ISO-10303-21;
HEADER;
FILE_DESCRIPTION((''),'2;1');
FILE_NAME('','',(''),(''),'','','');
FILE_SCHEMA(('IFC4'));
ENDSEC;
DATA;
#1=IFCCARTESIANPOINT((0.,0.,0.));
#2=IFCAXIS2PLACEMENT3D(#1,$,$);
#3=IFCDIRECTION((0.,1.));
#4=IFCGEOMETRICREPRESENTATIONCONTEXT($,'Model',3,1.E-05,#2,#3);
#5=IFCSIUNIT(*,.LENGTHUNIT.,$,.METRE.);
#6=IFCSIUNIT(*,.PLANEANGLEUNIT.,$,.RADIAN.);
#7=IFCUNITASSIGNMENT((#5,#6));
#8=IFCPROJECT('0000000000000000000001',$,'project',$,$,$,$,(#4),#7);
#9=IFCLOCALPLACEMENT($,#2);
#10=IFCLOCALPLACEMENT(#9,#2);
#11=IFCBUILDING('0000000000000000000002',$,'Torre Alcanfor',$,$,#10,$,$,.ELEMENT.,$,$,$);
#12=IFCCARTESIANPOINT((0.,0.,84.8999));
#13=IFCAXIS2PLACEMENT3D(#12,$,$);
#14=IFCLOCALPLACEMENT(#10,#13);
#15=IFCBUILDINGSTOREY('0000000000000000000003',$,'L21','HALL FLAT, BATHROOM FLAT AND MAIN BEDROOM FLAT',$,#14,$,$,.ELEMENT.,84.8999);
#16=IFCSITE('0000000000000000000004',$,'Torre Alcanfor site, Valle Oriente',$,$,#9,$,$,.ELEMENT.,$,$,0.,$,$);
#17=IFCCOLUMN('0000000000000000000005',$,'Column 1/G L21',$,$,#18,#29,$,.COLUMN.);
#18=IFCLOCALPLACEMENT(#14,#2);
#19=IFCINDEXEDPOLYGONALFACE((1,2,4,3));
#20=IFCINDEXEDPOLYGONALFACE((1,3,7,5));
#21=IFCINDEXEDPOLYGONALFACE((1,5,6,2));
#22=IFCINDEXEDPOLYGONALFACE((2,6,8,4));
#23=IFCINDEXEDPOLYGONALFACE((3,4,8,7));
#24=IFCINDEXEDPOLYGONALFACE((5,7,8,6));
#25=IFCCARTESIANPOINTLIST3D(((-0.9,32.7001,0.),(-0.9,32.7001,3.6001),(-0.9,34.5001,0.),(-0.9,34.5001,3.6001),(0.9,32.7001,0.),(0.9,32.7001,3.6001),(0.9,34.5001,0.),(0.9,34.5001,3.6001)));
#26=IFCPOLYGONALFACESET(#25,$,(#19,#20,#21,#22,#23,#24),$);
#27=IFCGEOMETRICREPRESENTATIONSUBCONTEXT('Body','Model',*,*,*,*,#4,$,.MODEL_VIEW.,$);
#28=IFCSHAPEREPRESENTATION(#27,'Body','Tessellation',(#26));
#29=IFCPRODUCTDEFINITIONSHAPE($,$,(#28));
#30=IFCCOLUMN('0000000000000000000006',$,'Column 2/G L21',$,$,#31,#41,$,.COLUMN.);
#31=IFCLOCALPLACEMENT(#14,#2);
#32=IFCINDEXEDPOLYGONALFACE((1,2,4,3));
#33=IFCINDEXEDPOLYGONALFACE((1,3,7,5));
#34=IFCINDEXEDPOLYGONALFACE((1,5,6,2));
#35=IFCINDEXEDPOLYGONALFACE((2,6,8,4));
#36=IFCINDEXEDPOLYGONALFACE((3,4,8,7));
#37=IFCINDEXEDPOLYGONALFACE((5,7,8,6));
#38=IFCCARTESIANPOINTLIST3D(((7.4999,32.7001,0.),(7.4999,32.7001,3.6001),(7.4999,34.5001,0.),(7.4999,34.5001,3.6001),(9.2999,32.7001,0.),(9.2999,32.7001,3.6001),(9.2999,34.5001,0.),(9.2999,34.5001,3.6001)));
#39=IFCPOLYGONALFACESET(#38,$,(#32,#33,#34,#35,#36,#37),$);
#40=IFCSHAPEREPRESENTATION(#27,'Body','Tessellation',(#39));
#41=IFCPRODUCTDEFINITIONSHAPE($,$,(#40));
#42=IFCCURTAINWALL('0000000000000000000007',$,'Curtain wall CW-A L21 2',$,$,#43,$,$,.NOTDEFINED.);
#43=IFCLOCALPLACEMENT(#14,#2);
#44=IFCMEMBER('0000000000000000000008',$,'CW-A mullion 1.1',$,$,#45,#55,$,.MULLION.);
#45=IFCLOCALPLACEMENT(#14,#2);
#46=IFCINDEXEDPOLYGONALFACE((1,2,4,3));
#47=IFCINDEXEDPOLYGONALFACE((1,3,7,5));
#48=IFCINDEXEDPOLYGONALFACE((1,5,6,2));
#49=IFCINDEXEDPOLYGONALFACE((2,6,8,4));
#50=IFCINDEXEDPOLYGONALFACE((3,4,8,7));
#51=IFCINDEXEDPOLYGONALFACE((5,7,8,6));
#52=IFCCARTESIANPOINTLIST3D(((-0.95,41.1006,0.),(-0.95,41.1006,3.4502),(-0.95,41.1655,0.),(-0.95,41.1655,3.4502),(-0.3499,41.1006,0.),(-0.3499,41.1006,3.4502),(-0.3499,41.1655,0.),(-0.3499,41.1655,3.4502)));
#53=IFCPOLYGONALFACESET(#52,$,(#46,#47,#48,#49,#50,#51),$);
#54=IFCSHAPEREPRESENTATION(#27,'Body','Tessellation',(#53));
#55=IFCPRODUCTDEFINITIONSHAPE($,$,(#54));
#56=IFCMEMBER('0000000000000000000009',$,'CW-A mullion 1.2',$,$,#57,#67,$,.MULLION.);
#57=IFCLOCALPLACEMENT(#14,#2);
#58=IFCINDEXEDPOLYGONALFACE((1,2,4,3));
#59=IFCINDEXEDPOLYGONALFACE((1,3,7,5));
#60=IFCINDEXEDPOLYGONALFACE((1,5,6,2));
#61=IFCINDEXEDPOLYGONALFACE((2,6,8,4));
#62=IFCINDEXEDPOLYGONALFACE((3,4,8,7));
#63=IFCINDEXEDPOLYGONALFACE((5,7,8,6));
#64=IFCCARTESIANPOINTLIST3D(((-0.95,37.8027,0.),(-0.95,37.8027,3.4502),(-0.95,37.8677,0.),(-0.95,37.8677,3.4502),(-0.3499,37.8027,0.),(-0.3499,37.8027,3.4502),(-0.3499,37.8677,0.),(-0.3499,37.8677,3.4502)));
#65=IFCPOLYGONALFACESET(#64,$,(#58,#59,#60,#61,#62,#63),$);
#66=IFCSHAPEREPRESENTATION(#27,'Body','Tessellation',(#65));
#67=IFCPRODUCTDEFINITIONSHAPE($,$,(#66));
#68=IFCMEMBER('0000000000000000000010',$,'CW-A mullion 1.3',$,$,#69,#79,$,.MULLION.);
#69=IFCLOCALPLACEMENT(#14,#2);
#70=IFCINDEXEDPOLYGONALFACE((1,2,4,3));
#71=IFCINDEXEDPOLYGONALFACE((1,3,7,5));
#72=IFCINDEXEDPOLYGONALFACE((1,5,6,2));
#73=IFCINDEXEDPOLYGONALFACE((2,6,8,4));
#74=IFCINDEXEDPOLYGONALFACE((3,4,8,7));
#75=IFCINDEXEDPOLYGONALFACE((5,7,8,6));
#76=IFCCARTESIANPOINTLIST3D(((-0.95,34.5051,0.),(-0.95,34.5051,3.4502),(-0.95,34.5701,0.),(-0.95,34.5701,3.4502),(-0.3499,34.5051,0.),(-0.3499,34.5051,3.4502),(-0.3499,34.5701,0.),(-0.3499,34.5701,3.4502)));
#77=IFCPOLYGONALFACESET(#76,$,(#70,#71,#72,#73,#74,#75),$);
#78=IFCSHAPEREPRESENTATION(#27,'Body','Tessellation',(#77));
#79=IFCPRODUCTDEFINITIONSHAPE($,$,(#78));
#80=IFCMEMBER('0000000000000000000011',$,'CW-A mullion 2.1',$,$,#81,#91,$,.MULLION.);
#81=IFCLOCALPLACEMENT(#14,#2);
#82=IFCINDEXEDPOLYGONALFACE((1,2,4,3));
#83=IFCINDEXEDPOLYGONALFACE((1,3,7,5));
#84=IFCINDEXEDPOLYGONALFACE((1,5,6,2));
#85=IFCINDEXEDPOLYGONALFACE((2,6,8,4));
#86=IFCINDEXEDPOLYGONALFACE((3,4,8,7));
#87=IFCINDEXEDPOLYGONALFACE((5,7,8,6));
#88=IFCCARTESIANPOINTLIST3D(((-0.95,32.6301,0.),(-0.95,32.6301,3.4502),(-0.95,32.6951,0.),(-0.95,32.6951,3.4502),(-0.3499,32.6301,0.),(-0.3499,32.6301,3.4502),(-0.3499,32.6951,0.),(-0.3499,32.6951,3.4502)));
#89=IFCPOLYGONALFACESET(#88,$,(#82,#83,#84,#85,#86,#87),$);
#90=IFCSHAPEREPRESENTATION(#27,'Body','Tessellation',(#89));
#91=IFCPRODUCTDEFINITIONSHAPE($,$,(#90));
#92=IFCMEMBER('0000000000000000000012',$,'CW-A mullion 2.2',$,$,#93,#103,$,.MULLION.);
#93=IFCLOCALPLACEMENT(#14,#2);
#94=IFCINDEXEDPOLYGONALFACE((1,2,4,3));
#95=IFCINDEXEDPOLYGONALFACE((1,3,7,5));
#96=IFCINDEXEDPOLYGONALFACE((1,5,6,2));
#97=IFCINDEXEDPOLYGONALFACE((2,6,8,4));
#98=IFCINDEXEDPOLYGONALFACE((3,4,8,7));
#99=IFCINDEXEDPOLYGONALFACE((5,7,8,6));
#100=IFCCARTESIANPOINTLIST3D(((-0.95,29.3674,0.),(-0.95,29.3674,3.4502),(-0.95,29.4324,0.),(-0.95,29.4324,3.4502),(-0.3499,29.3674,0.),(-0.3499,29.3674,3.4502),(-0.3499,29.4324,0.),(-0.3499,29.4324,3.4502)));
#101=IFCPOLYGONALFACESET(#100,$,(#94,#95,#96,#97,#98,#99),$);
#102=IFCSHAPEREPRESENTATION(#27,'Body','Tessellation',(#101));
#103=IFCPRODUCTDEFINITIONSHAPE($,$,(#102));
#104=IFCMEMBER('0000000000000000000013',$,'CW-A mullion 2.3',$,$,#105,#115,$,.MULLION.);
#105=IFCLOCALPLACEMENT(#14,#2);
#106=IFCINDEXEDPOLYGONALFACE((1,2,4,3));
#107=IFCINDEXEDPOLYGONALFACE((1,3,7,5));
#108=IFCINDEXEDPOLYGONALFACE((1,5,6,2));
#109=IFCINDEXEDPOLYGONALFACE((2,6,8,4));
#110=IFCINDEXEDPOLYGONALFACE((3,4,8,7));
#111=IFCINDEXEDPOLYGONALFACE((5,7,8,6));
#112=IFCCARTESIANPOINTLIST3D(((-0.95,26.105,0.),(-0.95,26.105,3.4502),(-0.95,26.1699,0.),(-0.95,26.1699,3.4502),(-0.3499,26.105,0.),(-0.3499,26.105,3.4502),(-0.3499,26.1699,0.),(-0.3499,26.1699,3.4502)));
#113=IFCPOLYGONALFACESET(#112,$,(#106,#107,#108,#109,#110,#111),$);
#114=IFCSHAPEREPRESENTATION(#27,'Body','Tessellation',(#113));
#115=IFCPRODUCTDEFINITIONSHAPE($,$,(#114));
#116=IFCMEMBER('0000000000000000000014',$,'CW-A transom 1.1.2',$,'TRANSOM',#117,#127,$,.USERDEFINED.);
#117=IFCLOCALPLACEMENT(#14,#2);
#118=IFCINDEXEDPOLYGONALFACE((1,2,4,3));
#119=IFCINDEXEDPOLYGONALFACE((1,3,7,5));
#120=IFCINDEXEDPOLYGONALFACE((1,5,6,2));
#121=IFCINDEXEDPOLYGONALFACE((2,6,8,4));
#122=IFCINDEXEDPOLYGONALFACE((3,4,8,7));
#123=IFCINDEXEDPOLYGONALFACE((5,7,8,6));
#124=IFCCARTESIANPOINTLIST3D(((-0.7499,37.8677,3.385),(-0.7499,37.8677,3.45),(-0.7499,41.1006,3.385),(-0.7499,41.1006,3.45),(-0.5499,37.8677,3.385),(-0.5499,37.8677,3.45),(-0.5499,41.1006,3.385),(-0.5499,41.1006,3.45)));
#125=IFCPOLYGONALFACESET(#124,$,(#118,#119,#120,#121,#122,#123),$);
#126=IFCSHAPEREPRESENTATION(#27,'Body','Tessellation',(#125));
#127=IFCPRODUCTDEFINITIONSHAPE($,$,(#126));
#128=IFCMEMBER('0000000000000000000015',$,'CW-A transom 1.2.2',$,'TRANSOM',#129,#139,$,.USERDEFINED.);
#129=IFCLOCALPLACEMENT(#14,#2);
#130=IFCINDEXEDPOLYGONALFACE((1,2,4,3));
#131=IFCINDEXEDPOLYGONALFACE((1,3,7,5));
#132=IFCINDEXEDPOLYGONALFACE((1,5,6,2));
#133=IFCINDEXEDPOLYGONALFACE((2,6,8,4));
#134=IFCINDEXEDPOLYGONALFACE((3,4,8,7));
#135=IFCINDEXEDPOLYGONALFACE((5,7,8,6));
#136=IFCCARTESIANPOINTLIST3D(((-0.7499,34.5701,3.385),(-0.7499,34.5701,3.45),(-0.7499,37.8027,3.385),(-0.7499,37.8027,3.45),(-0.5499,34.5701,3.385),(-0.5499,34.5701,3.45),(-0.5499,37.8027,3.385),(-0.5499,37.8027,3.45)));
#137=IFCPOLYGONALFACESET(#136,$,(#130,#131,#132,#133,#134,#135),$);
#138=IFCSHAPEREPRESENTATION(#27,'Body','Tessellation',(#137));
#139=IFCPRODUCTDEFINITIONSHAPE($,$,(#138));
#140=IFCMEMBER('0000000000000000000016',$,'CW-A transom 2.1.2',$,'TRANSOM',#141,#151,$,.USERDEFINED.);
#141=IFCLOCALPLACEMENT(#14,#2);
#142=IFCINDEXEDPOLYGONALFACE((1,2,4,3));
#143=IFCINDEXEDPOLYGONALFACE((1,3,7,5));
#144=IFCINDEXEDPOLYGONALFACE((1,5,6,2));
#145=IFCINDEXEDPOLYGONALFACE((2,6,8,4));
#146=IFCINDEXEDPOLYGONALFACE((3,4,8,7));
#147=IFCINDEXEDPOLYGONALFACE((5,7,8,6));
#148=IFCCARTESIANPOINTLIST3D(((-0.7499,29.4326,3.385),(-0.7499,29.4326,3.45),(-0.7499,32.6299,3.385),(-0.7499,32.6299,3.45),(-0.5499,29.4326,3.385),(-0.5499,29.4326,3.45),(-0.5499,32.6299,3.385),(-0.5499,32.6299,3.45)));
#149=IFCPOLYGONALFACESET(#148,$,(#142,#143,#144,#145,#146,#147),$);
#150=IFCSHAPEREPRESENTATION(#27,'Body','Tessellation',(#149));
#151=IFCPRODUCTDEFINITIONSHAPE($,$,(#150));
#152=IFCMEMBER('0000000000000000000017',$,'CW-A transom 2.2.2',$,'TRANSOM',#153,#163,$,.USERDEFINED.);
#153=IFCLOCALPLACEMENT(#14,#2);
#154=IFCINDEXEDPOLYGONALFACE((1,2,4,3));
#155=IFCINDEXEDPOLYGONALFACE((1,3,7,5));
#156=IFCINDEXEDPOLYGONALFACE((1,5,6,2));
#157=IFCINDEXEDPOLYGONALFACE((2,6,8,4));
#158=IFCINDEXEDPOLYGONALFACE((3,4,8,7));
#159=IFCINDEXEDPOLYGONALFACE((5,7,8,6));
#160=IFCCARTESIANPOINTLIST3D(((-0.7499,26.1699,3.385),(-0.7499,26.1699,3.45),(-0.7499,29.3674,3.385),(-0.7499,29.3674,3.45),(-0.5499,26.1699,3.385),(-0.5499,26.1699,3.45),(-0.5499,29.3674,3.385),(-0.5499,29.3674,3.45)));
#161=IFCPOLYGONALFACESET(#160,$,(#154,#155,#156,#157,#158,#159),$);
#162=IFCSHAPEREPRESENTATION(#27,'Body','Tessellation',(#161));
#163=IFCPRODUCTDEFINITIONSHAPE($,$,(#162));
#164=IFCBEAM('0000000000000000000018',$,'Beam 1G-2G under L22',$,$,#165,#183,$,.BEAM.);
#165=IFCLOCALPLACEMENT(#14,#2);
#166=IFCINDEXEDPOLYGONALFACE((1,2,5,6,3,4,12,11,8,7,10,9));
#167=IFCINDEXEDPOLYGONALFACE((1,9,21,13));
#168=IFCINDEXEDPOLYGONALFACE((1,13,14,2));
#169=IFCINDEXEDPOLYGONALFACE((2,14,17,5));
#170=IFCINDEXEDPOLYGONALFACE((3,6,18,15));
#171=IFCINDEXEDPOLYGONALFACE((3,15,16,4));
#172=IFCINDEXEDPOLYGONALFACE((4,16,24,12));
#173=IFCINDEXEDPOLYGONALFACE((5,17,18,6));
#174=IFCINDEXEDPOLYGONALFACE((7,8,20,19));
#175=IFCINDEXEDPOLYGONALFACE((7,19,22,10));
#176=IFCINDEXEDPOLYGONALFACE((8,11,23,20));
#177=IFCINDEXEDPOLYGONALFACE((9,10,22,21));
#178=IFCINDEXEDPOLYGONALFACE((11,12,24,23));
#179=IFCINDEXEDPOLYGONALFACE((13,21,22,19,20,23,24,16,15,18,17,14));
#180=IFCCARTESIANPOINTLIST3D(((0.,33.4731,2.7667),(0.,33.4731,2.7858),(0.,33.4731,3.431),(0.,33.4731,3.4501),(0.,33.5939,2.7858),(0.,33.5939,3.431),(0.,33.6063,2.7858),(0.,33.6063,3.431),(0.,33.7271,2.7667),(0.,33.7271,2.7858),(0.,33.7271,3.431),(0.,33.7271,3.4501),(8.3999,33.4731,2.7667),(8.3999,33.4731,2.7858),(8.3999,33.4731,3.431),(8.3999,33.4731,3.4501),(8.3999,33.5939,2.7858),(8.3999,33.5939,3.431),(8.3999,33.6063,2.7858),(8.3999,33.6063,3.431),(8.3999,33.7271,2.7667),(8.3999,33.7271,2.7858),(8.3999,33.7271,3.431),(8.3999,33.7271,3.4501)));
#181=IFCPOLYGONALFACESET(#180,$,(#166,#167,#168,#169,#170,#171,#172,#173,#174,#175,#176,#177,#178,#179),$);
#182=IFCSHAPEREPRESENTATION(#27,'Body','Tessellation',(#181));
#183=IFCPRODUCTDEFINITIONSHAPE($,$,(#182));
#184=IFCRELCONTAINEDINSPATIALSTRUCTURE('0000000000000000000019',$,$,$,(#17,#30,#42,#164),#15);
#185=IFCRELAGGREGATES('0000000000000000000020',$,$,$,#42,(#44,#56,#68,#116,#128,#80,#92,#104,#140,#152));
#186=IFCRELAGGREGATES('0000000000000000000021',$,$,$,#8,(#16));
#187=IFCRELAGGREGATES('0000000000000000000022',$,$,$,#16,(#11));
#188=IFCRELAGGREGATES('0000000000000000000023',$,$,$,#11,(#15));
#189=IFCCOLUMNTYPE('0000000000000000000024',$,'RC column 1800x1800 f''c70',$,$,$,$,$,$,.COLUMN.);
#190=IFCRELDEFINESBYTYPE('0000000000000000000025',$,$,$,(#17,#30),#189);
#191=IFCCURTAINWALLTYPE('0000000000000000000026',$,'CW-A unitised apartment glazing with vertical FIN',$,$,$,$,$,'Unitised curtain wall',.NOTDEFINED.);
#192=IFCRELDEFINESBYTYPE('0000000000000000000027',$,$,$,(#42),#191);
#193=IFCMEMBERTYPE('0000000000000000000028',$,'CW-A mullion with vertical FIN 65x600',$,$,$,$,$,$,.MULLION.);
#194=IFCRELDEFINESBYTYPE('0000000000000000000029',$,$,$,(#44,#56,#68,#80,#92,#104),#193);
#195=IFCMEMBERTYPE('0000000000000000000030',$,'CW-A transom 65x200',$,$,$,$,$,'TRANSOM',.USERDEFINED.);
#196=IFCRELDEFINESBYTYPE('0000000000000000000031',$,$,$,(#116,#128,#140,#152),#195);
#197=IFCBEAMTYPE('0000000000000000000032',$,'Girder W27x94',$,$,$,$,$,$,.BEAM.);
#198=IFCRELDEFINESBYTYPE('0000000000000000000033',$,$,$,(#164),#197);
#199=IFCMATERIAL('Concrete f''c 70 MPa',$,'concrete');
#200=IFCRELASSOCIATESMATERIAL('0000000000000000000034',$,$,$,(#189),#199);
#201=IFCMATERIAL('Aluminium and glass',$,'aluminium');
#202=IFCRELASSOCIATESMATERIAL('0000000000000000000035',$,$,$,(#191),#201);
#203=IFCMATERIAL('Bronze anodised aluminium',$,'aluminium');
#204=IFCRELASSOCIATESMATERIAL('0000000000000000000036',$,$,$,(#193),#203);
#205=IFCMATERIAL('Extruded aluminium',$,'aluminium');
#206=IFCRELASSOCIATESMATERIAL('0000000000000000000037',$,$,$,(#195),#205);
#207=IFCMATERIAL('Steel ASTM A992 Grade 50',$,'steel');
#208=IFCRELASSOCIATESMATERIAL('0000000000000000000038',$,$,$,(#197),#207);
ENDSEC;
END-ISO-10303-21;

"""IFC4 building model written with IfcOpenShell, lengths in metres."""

from ifc_helpers import new_model, si_unit, direction, frame, origin, origin_2d, place, context, subcontext, project, spatial, rectangle, i_section, extrude, material, material_profile, profile_set, type_object, element, aggregate, save


model = new_model("IFC4")

# Units and contexts
model_context = context("Model", 3, precision=1e-05, world=origin(), true_north=direction((0.0, 1.0)))
body_context = subcontext(model_context, "Body", "Model", "MODEL_VIEW")
ifc_project = project(units=[si_unit("LENGTHUNIT", "METRE"), si_unit("PLANEANGLEUNIT", "RADIAN")], contexts=[model_context])

# Site, building, storey
site_placement = place(None, origin())
site = spatial("IfcSite", under=ifc_project, at=site_placement, Name="Torre Alcanfor site, Valle Oriente", CompositionType="ELEMENT", RefElevation=0.0)
building_placement = place(site_placement, origin())
building = spatial("IfcBuilding", under=site, at=building_placement, Name="Torre Alcanfor", CompositionType="ELEMENT")
storey_placement = place(building_placement, frame((0.0, 0.0, 84.8999)))
storey = spatial("IfcBuildingStorey", under=building, at=storey_placement, Name="L21", Description="HALL FLAT, BATHROOM FLAT AND MAIN BEDROOM FLAT", CompositionType="ELEMENT", Elevation=84.8999)

# Columns
ifc_material_1 = material(Name="Concrete f'c 70 MPa", Category="concrete")
ifc_material_profile_1 = material_profile(ifc_material_1, rectangle(XDim=1.8, YDim=1.8, at=origin_2d()), Name="1800x1800")
ifc_profile_set_1 = profile_set([ifc_material_profile_1], Name="Concrete f'c 70 MPa")
column_type = type_object("IfcColumnType", Name="RC column 1800x1800 f'c70", PredefinedType="COLUMN", material=ifc_profile_set_1)
for number, where, z_axis, x_axis, name in (
    (1, (0.0, 33.6001, 0.0), (0.0, 0.0, 1.0), (1.0, 0.0, 0.0), "Column 1/G L21"),
    (2, (8.3999, 33.6001, 0.0), (0.0, 0.0, 1.0), (1.0, 0.0, 0.0), "Column 2/G L21"),
):
    element("IfcColumn", number, at=place(storey_placement, frame(where, z_axis=z_axis, x_axis=x_axis)), inside=storey, type_object=column_type, Name=name, PredefinedType="COLUMN", context=body_context, shape_type="SweptSolid", body=[
        extrude(rectangle(XDim=1.8, YDim=1.8, at=origin_2d()), origin(), (0.0, 0.0, 1.0), 3.6001),
    ])

# Curtain wall, members
ifc_material_2 = material(Name="Aluminium and glass", Category="aluminium")
curtain_wall_type = type_object("IfcCurtainWallType", Name="CW-A unitised apartment glazing with vertical FIN", ElementType="Unitised curtain wall", PredefinedType="NOTDEFINED", material=ifc_material_2)
curtain_wall_placement = place(storey_placement, origin())
curtain_wall = element("IfcCurtainWall", 3, at=curtain_wall_placement, inside=storey, type_object=curtain_wall_type, Name="Curtain wall CW-A L21 2", PredefinedType="NOTDEFINED")
ifc_material_3 = material(Name="Bronze anodised aluminium", Category="aluminium")
ifc_material_profile_2 = material_profile(ifc_material_3, rectangle(XDim=0.6001, YDim=0.0649, at=origin_2d()), Name="CW-A mullion 65x600")
ifc_profile_set_2 = profile_set([ifc_material_profile_2], Name="Bronze anodised aluminium")
member_type_1 = type_object("IfcMemberType", Name="CW-A mullion with vertical FIN 65x600", PredefinedType="MULLION", material=ifc_profile_set_2)
member_1_placement = place(storey_placement, frame((-0.6499, 41.1331, 0.0), z_axis=(0.0, 0.0, 1.0), x_axis=(1.0, 0.0, 0.0)))
member_1 = element("IfcMember", 4, at=member_1_placement, type_object=member_type_1, Name="CW-A mullion 1.1", PredefinedType="MULLION", context=body_context, shape_type="SweptSolid", body=[
    extrude(rectangle(XDim=0.6001, YDim=0.0649, at=origin_2d()), origin(), (0.0, 0.0, 1.0), 3.4502),
])
member_2_placement = place(storey_placement, frame((-0.6499, 37.8352, 0.0), z_axis=(0.0, 0.0, 1.0), x_axis=(1.0, 0.0, 0.0)))
member_2 = element("IfcMember", 5, at=member_2_placement, type_object=member_type_1, Name="CW-A mullion 1.2", PredefinedType="MULLION", context=body_context, shape_type="SweptSolid", body=[
    extrude(rectangle(XDim=0.6001, YDim=0.0649, at=origin_2d()), origin(), (0.0, 0.0, 1.0), 3.4502),
])
member_3_placement = place(storey_placement, frame((-0.6499, 34.5376, 0.0), z_axis=(0.0, 0.0, 1.0), x_axis=(1.0, 0.0, 0.0)))
member_3 = element("IfcMember", 6, at=member_3_placement, type_object=member_type_1, Name="CW-A mullion 1.3", PredefinedType="MULLION", context=body_context, shape_type="SweptSolid", body=[
    extrude(rectangle(XDim=0.6001, YDim=0.0649, at=origin_2d()), origin(), (0.0, 0.0, 1.0), 3.4502),
])
member_4_placement = place(storey_placement, frame((-0.6499, 32.6626, 0.0), z_axis=(0.0, 0.0, 1.0), x_axis=(1.0, 0.0, 0.0)))
member_4 = element("IfcMember", 7, at=member_4_placement, type_object=member_type_1, Name="CW-A mullion 2.1", PredefinedType="MULLION", context=body_context, shape_type="SweptSolid", body=[
    extrude(rectangle(XDim=0.6001, YDim=0.0649, at=origin_2d()), origin(), (0.0, 0.0, 1.0), 3.4502),
])
member_5_placement = place(storey_placement, frame((-0.6499, 29.3999, 0.0), z_axis=(0.0, 0.0, 1.0), x_axis=(1.0, 0.0, 0.0)))
member_5 = element("IfcMember", 8, at=member_5_placement, type_object=member_type_1, Name="CW-A mullion 2.2", PredefinedType="MULLION", context=body_context, shape_type="SweptSolid", body=[
    extrude(rectangle(XDim=0.6001, YDim=0.0649, at=origin_2d()), origin(), (0.0, 0.0, 1.0), 3.4502),
])
member_6_placement = place(storey_placement, frame((-0.6499, 26.1375, 0.0), z_axis=(0.0, 0.0, 1.0), x_axis=(1.0, 0.0, 0.0)))
member_6 = element("IfcMember", 9, at=member_6_placement, type_object=member_type_1, Name="CW-A mullion 2.3", PredefinedType="MULLION", context=body_context, shape_type="SweptSolid", body=[
    extrude(rectangle(XDim=0.6001, YDim=0.0649, at=origin_2d()), origin(), (0.0, 0.0, 1.0), 3.4502),
])
ifc_material_4 = material(Name="Extruded aluminium", Category="aluminium")
ifc_material_profile_3 = material_profile(ifc_material_4, rectangle(XDim=0.2, YDim=0.0649, at=origin_2d()), Name="CW-A transom 200x65")
ifc_profile_set_3 = profile_set([ifc_material_profile_3], Name="Extruded aluminium")
member_type_2 = type_object("IfcMemberType", Name="CW-A transom 65x200", ElementType="TRANSOM", PredefinedType="USERDEFINED", material=ifc_profile_set_3)
member_7_placement = place(storey_placement, frame((-0.6499, 41.1006, 3.4175), z_axis=(0.0, -1.0, 0.0), x_axis=(1.0, 0.0, 0.0)))
member_7 = element("IfcMember", 10, at=member_7_placement, type_object=member_type_2, Name="CW-A transom 1.1.2", ObjectType="TRANSOM", PredefinedType="USERDEFINED", context=body_context, shape_type="SweptSolid", body=[
    extrude(rectangle(XDim=0.2, YDim=0.0649, at=origin_2d()), origin(), (0.0, 0.0, 1.0), 3.2329),
])
member_8_placement = place(storey_placement, frame((-0.6499, 37.8027, 3.4175), z_axis=(0.0, -1.0, 0.0), x_axis=(1.0, 0.0, 0.0)))
member_8 = element("IfcMember", 11, at=member_8_placement, type_object=member_type_2, Name="CW-A transom 1.2.2", ObjectType="TRANSOM", PredefinedType="USERDEFINED", context=body_context, shape_type="SweptSolid", body=[
    extrude(rectangle(XDim=0.2, YDim=0.0649, at=origin_2d()), origin(), (0.0, 0.0, 1.0), 3.2327),
])
member_9_placement = place(storey_placement, frame((-0.6499, 32.6299, 3.4175), z_axis=(0.0, -1.0, 0.0), x_axis=(1.0, 0.0, 0.0)))
member_9 = element("IfcMember", 12, at=member_9_placement, type_object=member_type_2, Name="CW-A transom 2.1.2", ObjectType="TRANSOM", PredefinedType="USERDEFINED", context=body_context, shape_type="SweptSolid", body=[
    extrude(rectangle(XDim=0.2, YDim=0.0649, at=origin_2d()), origin(), (0.0, 0.0, 1.0), 3.1973),
])
member_10_placement = place(storey_placement, frame((-0.6499, 29.3674, 3.4175), z_axis=(0.0, -1.0, 0.0), x_axis=(1.0, 0.0, 0.0)))
member_10 = element("IfcMember", 13, at=member_10_placement, type_object=member_type_2, Name="CW-A transom 2.2.2", ObjectType="TRANSOM", PredefinedType="USERDEFINED", context=body_context, shape_type="SweptSolid", body=[
    extrude(rectangle(XDim=0.2, YDim=0.0649, at=origin_2d()), origin(), (0.0, 0.0, 1.0), 3.1975),
])

# Beam
ifc_material_5 = material(Name="Steel ASTM A992 Grade 50", Category="steel")
ifc_material_profile_4 = material_profile(ifc_material_5, i_section(OverallWidth=0.2539, OverallDepth=0.6833, WebThickness=0.0125, FlangeThickness=0.019, at=origin_2d()), Name="W27x94")
ifc_profile_set_4 = profile_set([ifc_material_profile_4], Name="Steel ASTM A992 Grade 50")
beam_type_1 = type_object("IfcBeamType", Name="Girder W27x94", PredefinedType="BEAM", material=ifc_profile_set_4)
beam_1_placement = place(storey_placement, frame((0.0, 33.6001, 3.1084), z_axis=(1.0, 0.0, 0.0), x_axis=(0.0, 1.0, 0.0)))
element("IfcBeam", 14, at=beam_1_placement, inside=storey, type_object=beam_type_1, Name="Beam 1G-2G under L22", PredefinedType="BEAM", context=body_context, shape_type="SweptSolid", body=[
    extrude(i_section(OverallWidth=0.2539, OverallDepth=0.6833, WebThickness=0.0125, FlangeThickness=0.019, at=origin_2d()), origin(), (0.0, 0.0, 1.0), 8.3999),
])

aggregate(curtain_wall, [member_1, member_2, member_3, member_7, member_8, member_4, member_5, member_6, member_9, member_10])

save(model, "model.ifc")
